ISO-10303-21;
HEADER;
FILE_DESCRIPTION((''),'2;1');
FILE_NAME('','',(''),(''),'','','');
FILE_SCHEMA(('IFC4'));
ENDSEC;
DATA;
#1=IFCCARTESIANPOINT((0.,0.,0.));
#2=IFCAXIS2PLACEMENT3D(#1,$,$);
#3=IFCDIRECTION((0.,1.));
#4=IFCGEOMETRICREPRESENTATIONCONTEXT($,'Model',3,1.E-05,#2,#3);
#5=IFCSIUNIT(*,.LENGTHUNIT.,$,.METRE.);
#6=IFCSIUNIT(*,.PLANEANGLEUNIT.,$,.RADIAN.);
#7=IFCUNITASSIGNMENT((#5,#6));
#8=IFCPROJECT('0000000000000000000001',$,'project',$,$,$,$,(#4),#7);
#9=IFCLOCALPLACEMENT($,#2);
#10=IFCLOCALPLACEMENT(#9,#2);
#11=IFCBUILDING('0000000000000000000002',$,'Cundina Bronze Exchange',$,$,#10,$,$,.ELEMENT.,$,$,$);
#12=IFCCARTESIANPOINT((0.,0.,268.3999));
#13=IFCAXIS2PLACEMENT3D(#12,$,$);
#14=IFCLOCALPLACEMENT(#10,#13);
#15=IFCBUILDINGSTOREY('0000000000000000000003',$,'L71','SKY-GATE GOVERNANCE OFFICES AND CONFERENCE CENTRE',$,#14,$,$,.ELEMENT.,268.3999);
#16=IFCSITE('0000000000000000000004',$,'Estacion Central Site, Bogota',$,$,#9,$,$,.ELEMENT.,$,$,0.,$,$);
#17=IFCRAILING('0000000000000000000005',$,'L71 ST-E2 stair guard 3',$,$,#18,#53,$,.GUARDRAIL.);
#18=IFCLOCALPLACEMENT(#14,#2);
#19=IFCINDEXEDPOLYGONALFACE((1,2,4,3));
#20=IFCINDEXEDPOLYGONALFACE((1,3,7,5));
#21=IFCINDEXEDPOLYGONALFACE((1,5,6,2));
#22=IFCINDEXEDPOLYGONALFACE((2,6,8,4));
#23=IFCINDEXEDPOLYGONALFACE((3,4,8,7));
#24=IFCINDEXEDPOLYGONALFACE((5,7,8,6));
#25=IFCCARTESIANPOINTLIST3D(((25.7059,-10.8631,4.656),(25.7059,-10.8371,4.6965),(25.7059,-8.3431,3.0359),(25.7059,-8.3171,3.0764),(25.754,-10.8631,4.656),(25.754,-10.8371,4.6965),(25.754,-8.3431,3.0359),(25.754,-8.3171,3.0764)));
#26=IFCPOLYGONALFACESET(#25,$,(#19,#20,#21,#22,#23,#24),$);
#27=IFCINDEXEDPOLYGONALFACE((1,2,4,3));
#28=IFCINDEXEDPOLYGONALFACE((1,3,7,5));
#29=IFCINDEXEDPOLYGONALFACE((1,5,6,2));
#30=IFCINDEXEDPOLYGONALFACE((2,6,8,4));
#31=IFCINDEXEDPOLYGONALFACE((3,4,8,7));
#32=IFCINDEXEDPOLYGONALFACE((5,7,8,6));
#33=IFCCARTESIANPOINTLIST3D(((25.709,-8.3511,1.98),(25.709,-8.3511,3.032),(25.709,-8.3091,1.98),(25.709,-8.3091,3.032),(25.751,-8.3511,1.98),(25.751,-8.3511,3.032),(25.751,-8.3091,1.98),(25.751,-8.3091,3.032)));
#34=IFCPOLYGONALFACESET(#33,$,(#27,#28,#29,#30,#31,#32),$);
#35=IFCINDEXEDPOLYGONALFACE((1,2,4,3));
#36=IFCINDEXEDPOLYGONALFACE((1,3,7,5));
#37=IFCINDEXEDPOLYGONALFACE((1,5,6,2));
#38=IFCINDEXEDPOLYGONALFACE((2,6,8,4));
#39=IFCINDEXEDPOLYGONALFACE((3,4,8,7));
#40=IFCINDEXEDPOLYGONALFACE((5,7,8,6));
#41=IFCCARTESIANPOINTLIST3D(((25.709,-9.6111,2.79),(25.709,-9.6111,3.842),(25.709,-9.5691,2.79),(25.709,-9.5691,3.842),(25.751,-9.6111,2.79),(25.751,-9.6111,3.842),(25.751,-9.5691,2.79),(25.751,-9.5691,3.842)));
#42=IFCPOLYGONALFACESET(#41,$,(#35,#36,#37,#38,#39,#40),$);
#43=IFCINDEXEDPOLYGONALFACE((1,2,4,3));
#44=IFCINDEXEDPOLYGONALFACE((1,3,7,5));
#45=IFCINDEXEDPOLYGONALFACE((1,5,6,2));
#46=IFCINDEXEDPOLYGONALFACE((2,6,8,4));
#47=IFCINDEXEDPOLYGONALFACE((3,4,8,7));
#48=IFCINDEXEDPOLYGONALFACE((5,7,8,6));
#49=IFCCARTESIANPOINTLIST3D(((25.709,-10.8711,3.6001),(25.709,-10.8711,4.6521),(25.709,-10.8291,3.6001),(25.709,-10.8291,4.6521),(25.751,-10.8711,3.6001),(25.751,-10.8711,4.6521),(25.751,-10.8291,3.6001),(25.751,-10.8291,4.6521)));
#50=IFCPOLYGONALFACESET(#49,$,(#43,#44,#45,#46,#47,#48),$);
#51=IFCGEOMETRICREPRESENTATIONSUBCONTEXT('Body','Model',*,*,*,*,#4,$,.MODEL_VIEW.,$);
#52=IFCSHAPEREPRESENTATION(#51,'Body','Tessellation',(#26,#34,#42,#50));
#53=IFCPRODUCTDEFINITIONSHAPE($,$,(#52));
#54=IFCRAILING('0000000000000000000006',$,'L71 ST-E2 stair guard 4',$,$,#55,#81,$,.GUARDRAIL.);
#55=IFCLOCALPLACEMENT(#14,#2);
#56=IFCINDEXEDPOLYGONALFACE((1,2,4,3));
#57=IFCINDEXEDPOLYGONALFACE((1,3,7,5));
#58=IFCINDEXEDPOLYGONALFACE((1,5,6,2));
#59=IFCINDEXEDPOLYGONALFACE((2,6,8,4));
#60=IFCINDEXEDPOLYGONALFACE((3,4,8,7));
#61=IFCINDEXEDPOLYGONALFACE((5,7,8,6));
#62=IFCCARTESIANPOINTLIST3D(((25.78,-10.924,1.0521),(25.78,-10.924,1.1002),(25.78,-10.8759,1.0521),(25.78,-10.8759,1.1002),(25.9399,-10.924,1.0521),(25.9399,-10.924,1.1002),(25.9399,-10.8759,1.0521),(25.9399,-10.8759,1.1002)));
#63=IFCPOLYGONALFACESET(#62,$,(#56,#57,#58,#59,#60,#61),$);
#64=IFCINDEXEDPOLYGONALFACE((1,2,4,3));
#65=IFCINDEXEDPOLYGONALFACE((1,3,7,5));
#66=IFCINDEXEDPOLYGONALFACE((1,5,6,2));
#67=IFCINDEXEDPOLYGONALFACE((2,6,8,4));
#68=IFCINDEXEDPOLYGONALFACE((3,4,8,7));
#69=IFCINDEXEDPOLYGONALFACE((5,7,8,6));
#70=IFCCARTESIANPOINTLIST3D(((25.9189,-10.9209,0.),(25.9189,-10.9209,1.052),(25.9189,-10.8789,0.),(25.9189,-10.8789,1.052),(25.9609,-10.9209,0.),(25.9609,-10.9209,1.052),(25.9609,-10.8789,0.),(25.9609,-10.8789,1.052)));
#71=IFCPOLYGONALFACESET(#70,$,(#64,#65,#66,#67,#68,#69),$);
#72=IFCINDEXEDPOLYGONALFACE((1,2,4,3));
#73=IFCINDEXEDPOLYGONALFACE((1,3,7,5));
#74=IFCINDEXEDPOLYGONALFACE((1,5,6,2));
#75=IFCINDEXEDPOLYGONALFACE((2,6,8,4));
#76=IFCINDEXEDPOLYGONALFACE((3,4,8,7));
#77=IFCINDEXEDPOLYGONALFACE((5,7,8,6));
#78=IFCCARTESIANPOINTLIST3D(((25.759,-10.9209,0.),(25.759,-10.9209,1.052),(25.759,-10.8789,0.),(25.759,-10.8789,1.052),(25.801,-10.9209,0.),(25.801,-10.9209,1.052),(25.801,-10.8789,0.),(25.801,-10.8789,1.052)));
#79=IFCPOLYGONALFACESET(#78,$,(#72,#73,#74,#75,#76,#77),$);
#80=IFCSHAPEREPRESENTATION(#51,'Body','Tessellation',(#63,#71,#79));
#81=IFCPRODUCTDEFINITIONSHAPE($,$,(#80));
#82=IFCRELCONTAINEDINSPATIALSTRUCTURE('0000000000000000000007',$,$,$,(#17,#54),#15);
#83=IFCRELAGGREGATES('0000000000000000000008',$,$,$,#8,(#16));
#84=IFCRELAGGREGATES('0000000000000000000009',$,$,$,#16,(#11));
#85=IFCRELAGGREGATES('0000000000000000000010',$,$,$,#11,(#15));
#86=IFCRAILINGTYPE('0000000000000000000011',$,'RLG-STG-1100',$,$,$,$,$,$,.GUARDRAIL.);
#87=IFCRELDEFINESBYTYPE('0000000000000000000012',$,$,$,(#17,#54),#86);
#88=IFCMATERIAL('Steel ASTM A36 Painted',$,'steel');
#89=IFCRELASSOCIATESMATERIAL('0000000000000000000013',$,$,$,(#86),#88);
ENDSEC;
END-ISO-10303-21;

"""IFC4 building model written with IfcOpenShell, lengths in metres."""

from ifc_helpers import new_model, si_unit, direction, frame, origin, origin_2d, place, context, subcontext, project, spatial, rectangle, extrude, material, type_object, element, save


model = new_model("IFC4")

# Units and contexts
model_context = context("Model", 3, precision=1e-05, world=origin(), true_north=direction((0.0, 1.0)))
body_context = subcontext(model_context, "Body", "Model", "MODEL_VIEW")
ifc_project = project(units=[si_unit("LENGTHUNIT", "METRE"), si_unit("PLANEANGLEUNIT", "RADIAN")], contexts=[model_context])

# Site, building, storey
site_placement = place(None, origin())
site = spatial("IfcSite", under=ifc_project, at=site_placement, Name="Estacion Central Site, Bogota", CompositionType="ELEMENT", RefElevation=0.0)
building_placement = place(site_placement, origin())
building = spatial("IfcBuilding", under=site, at=building_placement, Name="Cundina Bronze Exchange", CompositionType="ELEMENT")
storey_placement = place(building_placement, frame((0.0, 0.0, 268.3999)))
storey = spatial("IfcBuildingStorey", under=building, at=storey_placement, Name="L71", Description="SKY-GATE GOVERNANCE OFFICES AND CONFERENCE CENTRE", CompositionType="ELEMENT", Elevation=268.3999)

# Shared definitions
ifc_material_1 = material(Name="Steel ASTM A36 Painted", Category="steel")

# Railings
railing_type_1 = type_object("IfcRailingType", Name="RLG-STG-1100", PredefinedType="GUARDRAIL", material=ifc_material_1)
railing_1_placement = place(storey_placement, frame((25.73, -8.3301, 1.98)))
element("IfcRailing", 1, at=railing_1_placement, inside=storey, type_object=railing_type_1, Name="L71 ST-E2 stair guard 3", PredefinedType="GUARDRAIL", context=body_context, shape_type="SweptSolid", body=[
    extrude(rectangle(XDim=0.0481, YDim=0.0481, at=origin_2d()), frame((0.0, 0.0, 1.0762), z_axis=(0.0, -0.841163, 0.540782), x_axis=(1.0, 0.0, 0.0)), (0.0, 0.0, 1.0), 2.9958),
    extrude(rectangle(XDim=0.042, YDim=0.042, at=origin_2d()), origin(), (0.0, 0.0, 1.0), 1.052),
    extrude(rectangle(XDim=0.042, YDim=0.042, at=origin_2d()), frame((0.0, -1.26, 0.8101)), (0.0, 0.0, 1.0), 1.052),
    extrude(rectangle(XDim=0.042, YDim=0.042, at=origin_2d()), frame((0.0, -2.52, 1.6201)), (0.0, 0.0, 1.0), 1.052),
])
railing_2_placement = place(storey_placement, frame((25.9399, -10.8999, 0.0)))
element("IfcRailing", 2, at=railing_2_placement, inside=storey, type_object=railing_type_1, Name="L71 ST-E2 stair guard 4", PredefinedType="GUARDRAIL", context=body_context, shape_type="SweptSolid", body=[
    extrude(rectangle(XDim=0.0481, YDim=0.0481, at=origin_2d()), frame((0.0, 0.0, 1.0762), z_axis=(-1.0, 0.0, 0.0), x_axis=(0.0, -1.0, 0.0)), (0.0, 0.0, 1.0), 0.1599),
    extrude(rectangle(XDim=0.042, YDim=0.042, at=origin_2d()), origin(), (0.0, 0.0, 1.0), 1.052),
    extrude(rectangle(XDim=0.042, YDim=0.042, at=origin_2d()), frame((-0.1599, 0.0, 0.0)), (0.0, 0.0, 1.0), 1.052),
])

save(model, "model.ifc")
